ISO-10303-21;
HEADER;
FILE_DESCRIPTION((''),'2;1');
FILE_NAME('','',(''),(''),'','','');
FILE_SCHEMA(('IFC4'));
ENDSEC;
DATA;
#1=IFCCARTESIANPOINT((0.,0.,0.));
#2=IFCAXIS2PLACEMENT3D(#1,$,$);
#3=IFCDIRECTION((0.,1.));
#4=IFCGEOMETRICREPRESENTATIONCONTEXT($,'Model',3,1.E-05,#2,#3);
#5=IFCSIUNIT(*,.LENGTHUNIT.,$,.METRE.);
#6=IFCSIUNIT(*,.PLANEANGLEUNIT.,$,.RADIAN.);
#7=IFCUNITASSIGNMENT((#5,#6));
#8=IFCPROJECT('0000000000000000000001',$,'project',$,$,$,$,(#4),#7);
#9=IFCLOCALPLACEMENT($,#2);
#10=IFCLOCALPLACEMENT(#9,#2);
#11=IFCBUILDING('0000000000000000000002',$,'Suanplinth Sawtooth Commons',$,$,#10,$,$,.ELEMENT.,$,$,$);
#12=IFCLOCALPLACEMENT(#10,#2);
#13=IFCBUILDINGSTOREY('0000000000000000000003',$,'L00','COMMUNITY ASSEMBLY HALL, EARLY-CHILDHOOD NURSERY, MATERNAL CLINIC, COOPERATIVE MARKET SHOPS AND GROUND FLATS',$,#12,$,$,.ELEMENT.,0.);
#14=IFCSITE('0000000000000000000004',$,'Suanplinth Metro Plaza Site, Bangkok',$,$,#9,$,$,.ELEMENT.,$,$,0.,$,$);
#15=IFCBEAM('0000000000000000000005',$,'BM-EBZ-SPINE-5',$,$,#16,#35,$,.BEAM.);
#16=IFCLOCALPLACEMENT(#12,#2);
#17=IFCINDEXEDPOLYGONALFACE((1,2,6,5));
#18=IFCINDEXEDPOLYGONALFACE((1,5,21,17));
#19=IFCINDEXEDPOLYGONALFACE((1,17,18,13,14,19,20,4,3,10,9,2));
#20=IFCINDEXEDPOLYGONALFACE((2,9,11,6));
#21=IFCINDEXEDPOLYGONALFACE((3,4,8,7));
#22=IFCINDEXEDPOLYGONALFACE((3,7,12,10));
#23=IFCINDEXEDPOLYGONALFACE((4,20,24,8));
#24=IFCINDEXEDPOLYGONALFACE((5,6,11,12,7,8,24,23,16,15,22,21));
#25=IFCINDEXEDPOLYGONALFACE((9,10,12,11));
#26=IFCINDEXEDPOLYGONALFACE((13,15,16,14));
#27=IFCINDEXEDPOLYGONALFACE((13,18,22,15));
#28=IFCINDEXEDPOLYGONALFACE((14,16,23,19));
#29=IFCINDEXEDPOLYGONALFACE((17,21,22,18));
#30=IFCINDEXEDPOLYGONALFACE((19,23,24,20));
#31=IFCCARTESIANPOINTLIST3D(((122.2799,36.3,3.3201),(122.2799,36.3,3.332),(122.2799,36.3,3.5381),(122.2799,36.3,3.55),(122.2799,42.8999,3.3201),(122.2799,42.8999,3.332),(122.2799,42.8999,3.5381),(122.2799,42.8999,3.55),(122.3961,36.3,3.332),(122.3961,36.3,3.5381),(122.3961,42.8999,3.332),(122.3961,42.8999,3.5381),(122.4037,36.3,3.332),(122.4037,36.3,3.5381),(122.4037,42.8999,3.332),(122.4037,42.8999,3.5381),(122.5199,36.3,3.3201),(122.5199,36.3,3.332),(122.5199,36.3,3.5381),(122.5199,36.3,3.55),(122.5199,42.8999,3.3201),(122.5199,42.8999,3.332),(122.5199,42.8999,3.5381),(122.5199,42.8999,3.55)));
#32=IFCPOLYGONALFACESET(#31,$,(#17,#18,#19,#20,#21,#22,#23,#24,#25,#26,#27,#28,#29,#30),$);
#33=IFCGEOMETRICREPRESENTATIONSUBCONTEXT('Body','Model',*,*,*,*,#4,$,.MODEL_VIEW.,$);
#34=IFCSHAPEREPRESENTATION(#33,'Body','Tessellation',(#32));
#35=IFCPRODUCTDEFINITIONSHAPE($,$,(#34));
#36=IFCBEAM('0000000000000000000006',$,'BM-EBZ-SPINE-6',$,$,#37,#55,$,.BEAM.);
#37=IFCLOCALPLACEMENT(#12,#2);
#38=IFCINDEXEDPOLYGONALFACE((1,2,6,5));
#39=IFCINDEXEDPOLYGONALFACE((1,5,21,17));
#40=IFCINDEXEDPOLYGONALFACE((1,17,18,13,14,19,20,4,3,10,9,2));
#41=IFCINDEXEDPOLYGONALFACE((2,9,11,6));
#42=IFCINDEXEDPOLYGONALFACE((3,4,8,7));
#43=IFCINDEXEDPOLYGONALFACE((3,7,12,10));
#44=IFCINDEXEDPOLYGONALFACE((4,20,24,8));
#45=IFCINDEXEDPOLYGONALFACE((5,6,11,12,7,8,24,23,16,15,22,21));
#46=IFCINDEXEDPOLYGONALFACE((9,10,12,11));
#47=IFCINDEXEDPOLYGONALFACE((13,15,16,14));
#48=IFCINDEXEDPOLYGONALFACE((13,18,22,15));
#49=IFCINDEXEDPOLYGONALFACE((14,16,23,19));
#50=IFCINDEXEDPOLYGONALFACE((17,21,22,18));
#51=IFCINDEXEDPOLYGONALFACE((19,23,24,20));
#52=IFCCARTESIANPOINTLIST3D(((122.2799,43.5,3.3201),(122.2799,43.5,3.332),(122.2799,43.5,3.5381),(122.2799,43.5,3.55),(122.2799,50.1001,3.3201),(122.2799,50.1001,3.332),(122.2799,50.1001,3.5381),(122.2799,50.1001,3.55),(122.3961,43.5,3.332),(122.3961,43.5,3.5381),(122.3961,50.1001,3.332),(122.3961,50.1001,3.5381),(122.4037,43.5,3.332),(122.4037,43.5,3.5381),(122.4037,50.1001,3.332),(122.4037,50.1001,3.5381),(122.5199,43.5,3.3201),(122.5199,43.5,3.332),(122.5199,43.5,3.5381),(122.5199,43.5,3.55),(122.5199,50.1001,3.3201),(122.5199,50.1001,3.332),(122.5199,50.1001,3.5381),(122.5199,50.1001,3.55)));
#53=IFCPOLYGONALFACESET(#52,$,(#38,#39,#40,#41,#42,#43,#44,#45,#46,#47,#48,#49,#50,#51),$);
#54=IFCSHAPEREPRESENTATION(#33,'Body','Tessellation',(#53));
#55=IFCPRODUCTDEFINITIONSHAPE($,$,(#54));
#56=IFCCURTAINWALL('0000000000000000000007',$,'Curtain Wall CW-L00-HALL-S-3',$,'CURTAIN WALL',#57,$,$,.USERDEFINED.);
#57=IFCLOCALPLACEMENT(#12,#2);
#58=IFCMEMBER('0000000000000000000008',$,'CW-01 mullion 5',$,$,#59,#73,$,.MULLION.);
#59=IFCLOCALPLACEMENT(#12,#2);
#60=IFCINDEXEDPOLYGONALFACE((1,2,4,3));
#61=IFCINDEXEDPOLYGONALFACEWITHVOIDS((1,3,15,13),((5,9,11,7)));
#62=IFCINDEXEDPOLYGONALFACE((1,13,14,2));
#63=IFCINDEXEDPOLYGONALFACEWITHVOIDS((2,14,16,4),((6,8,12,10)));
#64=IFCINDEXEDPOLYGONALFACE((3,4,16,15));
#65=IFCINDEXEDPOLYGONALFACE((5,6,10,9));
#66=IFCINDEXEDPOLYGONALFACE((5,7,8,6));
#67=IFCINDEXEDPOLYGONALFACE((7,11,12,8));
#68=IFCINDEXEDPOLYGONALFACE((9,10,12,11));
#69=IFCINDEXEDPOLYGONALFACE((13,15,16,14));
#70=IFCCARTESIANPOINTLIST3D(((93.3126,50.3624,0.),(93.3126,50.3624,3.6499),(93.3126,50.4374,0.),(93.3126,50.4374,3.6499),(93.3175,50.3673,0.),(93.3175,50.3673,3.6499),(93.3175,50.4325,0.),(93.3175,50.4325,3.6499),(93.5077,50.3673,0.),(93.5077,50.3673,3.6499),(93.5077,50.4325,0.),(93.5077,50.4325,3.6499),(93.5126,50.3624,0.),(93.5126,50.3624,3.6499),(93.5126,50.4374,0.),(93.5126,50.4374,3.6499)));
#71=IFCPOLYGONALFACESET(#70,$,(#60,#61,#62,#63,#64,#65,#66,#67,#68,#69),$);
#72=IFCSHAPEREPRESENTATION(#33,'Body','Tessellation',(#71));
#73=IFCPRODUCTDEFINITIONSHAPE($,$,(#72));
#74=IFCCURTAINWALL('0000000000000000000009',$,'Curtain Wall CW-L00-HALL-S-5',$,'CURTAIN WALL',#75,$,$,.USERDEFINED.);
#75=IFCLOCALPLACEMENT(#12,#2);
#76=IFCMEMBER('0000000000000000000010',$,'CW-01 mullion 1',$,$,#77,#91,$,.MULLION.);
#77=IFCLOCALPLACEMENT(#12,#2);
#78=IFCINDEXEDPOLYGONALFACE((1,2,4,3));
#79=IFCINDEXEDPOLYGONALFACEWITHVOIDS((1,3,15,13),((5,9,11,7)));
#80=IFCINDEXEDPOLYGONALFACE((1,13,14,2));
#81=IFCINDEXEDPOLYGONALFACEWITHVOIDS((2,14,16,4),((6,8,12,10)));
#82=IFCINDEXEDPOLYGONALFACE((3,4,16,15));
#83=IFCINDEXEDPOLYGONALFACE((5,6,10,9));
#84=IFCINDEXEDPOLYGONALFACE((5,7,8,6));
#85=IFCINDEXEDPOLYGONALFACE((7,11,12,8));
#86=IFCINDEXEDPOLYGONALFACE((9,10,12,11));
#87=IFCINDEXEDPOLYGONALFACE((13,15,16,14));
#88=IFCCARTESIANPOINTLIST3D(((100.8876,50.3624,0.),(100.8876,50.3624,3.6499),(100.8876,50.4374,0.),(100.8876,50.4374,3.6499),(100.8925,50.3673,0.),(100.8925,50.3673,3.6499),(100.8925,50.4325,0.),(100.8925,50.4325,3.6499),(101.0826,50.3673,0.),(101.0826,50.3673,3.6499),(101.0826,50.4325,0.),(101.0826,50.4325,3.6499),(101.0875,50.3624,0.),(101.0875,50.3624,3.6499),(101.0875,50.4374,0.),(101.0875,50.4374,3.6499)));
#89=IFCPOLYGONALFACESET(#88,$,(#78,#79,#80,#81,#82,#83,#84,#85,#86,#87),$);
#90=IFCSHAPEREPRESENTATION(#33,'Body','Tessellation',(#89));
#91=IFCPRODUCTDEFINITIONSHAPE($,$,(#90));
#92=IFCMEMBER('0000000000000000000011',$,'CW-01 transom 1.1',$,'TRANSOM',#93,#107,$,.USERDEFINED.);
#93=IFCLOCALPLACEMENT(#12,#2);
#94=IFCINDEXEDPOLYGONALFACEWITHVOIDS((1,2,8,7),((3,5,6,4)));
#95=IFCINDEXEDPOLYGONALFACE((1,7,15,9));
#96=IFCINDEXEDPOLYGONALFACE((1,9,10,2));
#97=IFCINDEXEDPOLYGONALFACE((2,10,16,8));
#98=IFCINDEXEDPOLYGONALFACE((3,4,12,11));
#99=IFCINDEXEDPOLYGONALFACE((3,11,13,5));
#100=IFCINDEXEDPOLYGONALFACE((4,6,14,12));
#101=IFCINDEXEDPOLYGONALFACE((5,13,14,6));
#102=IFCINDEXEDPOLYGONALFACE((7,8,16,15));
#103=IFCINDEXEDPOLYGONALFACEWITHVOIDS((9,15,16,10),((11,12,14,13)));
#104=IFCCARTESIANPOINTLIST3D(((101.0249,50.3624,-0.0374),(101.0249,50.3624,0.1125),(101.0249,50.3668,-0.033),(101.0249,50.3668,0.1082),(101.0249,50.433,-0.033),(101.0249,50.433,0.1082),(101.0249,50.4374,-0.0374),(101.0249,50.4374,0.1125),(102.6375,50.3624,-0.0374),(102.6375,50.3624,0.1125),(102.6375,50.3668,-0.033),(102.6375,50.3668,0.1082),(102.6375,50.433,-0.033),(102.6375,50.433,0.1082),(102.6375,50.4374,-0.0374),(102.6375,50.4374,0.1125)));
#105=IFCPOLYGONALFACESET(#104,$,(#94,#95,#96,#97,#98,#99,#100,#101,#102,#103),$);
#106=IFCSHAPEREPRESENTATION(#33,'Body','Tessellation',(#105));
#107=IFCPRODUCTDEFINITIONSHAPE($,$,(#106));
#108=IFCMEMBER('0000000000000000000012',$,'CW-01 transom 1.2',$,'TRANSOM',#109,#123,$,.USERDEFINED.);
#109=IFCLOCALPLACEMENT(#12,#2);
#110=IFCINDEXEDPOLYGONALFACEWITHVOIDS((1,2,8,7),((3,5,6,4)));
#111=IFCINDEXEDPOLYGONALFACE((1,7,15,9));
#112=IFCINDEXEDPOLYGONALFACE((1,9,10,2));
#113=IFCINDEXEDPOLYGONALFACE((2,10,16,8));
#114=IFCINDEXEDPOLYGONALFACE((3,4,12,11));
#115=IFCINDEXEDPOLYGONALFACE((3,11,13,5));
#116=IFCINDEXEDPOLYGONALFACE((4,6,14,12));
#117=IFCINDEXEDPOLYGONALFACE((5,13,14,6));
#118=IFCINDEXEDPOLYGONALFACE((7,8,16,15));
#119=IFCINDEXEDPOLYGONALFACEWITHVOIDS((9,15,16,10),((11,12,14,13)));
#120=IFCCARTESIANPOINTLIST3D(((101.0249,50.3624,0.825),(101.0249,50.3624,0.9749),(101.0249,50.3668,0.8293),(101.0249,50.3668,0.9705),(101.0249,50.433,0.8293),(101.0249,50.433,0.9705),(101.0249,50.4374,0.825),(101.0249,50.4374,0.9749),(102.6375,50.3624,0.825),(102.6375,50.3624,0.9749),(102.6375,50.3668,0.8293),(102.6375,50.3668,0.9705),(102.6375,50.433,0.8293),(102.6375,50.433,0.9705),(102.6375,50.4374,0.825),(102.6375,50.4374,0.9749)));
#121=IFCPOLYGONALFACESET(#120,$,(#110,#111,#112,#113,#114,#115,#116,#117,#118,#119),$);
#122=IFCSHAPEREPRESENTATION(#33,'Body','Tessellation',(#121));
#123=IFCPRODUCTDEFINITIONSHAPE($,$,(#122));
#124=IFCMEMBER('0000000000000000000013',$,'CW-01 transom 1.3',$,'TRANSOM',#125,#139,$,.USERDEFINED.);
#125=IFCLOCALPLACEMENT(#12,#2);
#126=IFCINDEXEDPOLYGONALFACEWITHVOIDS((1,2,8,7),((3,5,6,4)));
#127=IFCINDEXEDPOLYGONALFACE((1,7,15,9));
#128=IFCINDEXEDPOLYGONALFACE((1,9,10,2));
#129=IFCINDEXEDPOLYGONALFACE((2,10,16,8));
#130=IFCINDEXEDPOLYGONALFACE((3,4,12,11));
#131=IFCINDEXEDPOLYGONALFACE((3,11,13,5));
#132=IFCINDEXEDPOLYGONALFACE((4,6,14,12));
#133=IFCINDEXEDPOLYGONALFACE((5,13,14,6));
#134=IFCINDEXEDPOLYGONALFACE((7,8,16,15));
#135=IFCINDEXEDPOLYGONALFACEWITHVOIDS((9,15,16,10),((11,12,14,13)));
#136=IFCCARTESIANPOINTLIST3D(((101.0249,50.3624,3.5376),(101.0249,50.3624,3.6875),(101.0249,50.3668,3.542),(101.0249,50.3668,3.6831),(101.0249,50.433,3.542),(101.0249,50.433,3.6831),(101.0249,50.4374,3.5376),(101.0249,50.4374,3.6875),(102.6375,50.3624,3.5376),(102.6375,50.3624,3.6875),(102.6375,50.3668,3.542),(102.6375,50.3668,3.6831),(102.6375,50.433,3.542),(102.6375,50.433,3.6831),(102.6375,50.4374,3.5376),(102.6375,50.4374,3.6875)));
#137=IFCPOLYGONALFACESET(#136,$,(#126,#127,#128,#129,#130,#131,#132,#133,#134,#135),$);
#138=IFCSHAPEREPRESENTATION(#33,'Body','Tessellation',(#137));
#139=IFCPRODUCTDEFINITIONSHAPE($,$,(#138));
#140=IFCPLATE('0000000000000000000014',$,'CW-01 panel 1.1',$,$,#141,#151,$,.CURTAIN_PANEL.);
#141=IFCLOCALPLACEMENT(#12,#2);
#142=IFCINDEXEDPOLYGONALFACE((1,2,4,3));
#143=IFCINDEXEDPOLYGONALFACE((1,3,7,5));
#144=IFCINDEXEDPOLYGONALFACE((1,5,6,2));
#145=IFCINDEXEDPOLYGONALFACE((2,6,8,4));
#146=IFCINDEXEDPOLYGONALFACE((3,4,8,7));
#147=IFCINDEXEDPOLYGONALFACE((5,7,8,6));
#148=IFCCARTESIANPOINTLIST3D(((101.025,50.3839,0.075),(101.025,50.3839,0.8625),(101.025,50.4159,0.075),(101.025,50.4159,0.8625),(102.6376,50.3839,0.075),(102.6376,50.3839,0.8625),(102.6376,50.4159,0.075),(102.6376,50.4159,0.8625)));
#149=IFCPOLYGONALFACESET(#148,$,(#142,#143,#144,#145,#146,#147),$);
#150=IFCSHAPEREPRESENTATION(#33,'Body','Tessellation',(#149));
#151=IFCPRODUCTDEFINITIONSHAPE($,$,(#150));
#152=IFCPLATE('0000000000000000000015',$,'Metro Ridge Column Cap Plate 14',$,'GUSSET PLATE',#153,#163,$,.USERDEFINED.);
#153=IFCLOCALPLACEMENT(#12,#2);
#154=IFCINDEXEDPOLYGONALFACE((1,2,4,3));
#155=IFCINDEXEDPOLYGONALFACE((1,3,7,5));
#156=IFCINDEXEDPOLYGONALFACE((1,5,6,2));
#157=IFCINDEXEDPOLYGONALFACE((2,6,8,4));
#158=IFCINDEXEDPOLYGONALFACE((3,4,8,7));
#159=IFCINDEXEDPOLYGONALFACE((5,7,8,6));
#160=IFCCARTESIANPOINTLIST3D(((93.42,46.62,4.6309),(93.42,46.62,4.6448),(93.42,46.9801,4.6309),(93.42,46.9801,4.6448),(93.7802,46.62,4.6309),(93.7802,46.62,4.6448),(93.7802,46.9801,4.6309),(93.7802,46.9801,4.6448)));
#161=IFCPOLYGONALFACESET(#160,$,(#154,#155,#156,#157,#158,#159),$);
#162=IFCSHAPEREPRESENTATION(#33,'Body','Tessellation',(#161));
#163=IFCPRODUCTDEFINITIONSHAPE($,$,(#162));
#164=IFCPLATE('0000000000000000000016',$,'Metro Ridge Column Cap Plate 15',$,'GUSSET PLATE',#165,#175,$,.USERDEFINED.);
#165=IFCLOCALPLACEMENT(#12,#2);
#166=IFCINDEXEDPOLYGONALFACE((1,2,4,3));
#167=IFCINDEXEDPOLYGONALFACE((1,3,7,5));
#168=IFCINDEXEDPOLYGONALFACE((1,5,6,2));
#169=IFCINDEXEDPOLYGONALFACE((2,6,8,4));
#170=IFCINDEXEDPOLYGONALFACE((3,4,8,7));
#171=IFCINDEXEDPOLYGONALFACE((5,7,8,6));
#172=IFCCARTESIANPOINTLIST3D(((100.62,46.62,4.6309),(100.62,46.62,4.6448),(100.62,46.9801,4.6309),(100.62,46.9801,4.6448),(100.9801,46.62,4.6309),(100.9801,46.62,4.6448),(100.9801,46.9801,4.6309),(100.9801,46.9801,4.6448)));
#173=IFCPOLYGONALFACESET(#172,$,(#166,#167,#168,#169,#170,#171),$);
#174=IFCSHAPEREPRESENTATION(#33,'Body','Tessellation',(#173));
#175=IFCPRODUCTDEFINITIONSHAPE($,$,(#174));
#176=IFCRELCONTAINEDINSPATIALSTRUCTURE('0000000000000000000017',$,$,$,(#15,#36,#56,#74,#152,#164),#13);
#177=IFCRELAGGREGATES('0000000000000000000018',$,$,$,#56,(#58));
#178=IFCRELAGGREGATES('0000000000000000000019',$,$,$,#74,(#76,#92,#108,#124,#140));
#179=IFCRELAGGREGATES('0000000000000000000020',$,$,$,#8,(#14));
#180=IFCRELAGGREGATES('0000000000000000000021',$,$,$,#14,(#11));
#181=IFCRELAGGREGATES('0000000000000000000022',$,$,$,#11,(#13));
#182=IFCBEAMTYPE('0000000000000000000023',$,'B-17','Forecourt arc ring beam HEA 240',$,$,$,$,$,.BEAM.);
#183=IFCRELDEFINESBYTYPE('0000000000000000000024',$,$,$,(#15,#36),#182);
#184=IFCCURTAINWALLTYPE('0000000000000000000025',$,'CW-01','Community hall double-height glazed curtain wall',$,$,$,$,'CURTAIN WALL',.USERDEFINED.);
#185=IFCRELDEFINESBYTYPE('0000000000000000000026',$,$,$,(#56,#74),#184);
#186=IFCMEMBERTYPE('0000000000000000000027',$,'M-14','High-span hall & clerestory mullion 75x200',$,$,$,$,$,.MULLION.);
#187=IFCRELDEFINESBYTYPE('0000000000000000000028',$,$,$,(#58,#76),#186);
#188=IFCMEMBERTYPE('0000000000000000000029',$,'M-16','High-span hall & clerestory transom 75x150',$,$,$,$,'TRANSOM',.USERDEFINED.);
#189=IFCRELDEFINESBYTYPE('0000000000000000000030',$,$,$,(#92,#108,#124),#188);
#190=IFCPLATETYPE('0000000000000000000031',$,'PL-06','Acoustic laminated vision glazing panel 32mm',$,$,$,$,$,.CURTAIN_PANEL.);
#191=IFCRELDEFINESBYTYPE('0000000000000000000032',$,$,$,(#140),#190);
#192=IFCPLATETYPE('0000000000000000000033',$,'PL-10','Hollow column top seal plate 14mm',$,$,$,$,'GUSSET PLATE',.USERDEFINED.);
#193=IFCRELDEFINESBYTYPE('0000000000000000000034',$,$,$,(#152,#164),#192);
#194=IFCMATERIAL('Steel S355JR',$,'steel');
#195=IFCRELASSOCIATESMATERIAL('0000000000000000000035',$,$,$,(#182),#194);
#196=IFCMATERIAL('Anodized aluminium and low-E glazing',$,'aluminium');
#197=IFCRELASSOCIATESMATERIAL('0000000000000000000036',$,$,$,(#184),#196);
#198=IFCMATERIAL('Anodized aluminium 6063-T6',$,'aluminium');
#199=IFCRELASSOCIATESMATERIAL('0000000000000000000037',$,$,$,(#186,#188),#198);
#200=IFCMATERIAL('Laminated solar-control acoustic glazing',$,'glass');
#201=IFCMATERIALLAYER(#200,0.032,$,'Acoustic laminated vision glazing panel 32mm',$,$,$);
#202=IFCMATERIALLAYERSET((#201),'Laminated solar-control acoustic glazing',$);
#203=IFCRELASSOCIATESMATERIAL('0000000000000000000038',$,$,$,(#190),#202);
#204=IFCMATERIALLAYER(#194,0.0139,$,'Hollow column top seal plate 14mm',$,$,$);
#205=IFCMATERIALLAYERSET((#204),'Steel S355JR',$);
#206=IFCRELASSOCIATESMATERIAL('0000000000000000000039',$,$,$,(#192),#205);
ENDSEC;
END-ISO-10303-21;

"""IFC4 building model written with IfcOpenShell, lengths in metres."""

from ifc_helpers import new_model, si_unit, direction, frame, origin, origin_2d, place, context, subcontext, project, spatial, rectangle, hollow_rectangle, i_section, extrude, material, layer, layer_set, material_profile, profile_set, type_object, element, aggregate, save


model = new_model("IFC4")

# Units and contexts
model_context = context("Model", 3, precision=1e-05, world=origin(), true_north=direction((0.0, 1.0)))
body_context = subcontext(model_context, "Body", "Model", "MODEL_VIEW")
ifc_project = project(units=[si_unit("LENGTHUNIT", "METRE"), si_unit("PLANEANGLEUNIT", "RADIAN")], contexts=[model_context])

# Site, building, storey
site_placement = place(None, origin())
site = spatial("IfcSite", under=ifc_project, at=site_placement, Name="Suanplinth Metro Plaza Site, Bangkok", CompositionType="ELEMENT", RefElevation=0.0)
building_placement = place(site_placement, origin())
building = spatial("IfcBuilding", under=site, at=building_placement, Name="Suanplinth Sawtooth Commons", CompositionType="ELEMENT")
storey_placement = place(building_placement, origin())
storey = spatial("IfcBuildingStorey", under=building, at=storey_placement, Name="L00", Description="COMMUNITY ASSEMBLY HALL, EARLY-CHILDHOOD NURSERY, MATERNAL CLINIC, COOPERATIVE MARKET SHOPS AND GROUND FLATS", CompositionType="ELEMENT", Elevation=0.0)

# Shared definitions
ifc_material_1 = material(Name="Steel S355JR", Category="steel")

# Beams
ifc_material_profile_1 = material_profile(ifc_material_1, i_section(OverallWidth=0.24, OverallDepth=0.23, WebThickness=0.0076, FlangeThickness=0.012, at=origin_2d()), Name="HEA 240")
ifc_profile_set_1 = profile_set([ifc_material_profile_1], Name="Steel S355JR")
beam_type_1 = type_object("IfcBeamType", Name="B-17", Description="Forecourt arc ring beam HEA 240", PredefinedType="BEAM", material=ifc_profile_set_1)
for number, where, z_axis, x_axis, name in (
    (1, (122.3999, 36.3, 3.4351), (0.0, 1.0, 0.0), (-1.0, 0.0, 0.0), "BM-EBZ-SPINE-5"),
):
    element("IfcBeam", number, at=place(storey_placement, frame(where, z_axis=z_axis, x_axis=x_axis)), inside=storey, type_object=beam_type_1, Name=name, PredefinedType="BEAM", context=body_context, shape_type="SweptSolid", body=[
        extrude(i_section(OverallWidth=0.24, OverallDepth=0.23, WebThickness=0.0076, FlangeThickness=0.012, at=origin_2d()), origin(), (0.0, 0.0, 1.0), 6.5999),
    ])
beam_1_placement = place(storey_placement, frame((122.3999, 43.5, 3.4351), z_axis=(0.0, 1.0, 0.0), x_axis=(-1.0, 0.0, 0.0)))
element("IfcBeam", 2, at=beam_1_placement, inside=storey, type_object=beam_type_1, Name="BM-EBZ-SPINE-6", PredefinedType="BEAM", context=body_context, shape_type="SweptSolid", body=[
    extrude(i_section(OverallWidth=0.24, OverallDepth=0.23, WebThickness=0.0076, FlangeThickness=0.012, at=origin_2d()), origin(), (0.0, 0.0, 1.0), 6.6001),
])

# Curtain wall, member
ifc_material_2 = material(Name="Anodized aluminium and low-E glazing", Category="aluminium")
curtain_wall_type = type_object("IfcCurtainWallType", Name="CW-01", Description="Community hall double-height glazed curtain wall", ElementType="CURTAIN WALL", PredefinedType="USERDEFINED", material=ifc_material_2)
curtain_wall_1_placement = place(storey_placement, origin())
curtain_wall_1 = element("IfcCurtainWall", 3, at=curtain_wall_1_placement, inside=storey, type_object=curtain_wall_type, Name="Curtain Wall CW-L00-HALL-S-3", ObjectType="CURTAIN WALL", PredefinedType="USERDEFINED")
ifc_material_3 = material(Name="Anodized aluminium 6063-T6", Category="aluminium")
ifc_material_profile_2 = material_profile(ifc_material_3, hollow_rectangle(XDim=0.075, YDim=0.2, WallThickness=0.0049, at=origin_2d()), Name="ALU-MUL 75x200")
ifc_profile_set_2 = profile_set([ifc_material_profile_2], Name="Anodized aluminium 6063-T6")
member_type_1 = type_object("IfcMemberType", Name="M-14", Description="High-span hall & clerestory mullion 75x200", PredefinedType="MULLION", material=ifc_profile_set_2)
member_1_placement = place(storey_placement, frame((93.4126, 50.3999, 0.0), z_axis=(0.0, 0.0, 1.0), x_axis=(0.0, 1.0, 0.0)))
member_1 = element("IfcMember", 4, at=member_1_placement, type_object=member_type_1, Name="CW-01 mullion 5", PredefinedType="MULLION", context=body_context, shape_type="SweptSolid", body=[
    extrude(hollow_rectangle(XDim=0.075, YDim=0.2, WallThickness=0.0049, at=origin_2d()), origin(), (0.0, 0.0, 1.0), 3.6499),
])
aggregate(curtain_wall_1, [member_1])

# Curtain wall, members, plate
curtain_wall_2_placement = place(storey_placement, origin())
curtain_wall_2 = element("IfcCurtainWall", 5, at=curtain_wall_2_placement, inside=storey, type_object=curtain_wall_type, Name="Curtain Wall CW-L00-HALL-S-5", ObjectType="CURTAIN WALL", PredefinedType="USERDEFINED")
member_2_placement = place(storey_placement, frame((100.9875, 50.3999, 0.0), z_axis=(0.0, 0.0, 1.0), x_axis=(0.0, 1.0, 0.0)))
member_2 = element("IfcMember", 6, at=member_2_placement, type_object=member_type_1, Name="CW-01 mullion 1", PredefinedType="MULLION", context=body_context, shape_type="SweptSolid", body=[
    extrude(hollow_rectangle(XDim=0.075, YDim=0.2, WallThickness=0.0049, at=origin_2d()), origin(), (0.0, 0.0, 1.0), 3.6499),
])
ifc_material_profile_3 = material_profile(ifc_material_3, hollow_rectangle(XDim=0.075, YDim=0.1499, WallThickness=0.0044, at=origin_2d()), Name="ALU-TRN 75x150")
ifc_profile_set_3 = profile_set([ifc_material_profile_3], Name="Anodized aluminium 6063-T6")
member_type_2 = type_object("IfcMemberType", Name="M-16", Description="High-span hall & clerestory transom 75x150", ElementType="TRANSOM", PredefinedType="USERDEFINED", material=ifc_profile_set_3)
member_3_placement = place(storey_placement, frame((101.0249, 50.3999, 0.0376), z_axis=(1.0, 0.0, 0.0), x_axis=(0.0, 1.0, 0.0)))
member_3 = element("IfcMember", 7, at=member_3_placement, type_object=member_type_2, Name="CW-01 transom 1.1", ObjectType="TRANSOM", PredefinedType="USERDEFINED", context=body_context, shape_type="SweptSolid", body=[
    extrude(hollow_rectangle(XDim=0.075, YDim=0.1499, WallThickness=0.0044, at=origin_2d()), origin(), (0.0, 0.0, 1.0), 1.6125),
])
member_4_placement = place(storey_placement, frame((101.0249, 50.3999, 0.8999), z_axis=(1.0, 0.0, 0.0), x_axis=(0.0, 1.0, 0.0)))
member_4 = element("IfcMember", 8, at=member_4_placement, type_object=member_type_2, Name="CW-01 transom 1.2", ObjectType="TRANSOM", PredefinedType="USERDEFINED", context=body_context, shape_type="SweptSolid", body=[
    extrude(hollow_rectangle(XDim=0.075, YDim=0.1499, WallThickness=0.0044, at=origin_2d()), origin(), (0.0, 0.0, 1.0), 1.6125),
])
member_5_placement = place(storey_placement, frame((101.0249, 50.3999, 3.6125), z_axis=(1.0, 0.0, 0.0), x_axis=(0.0, 1.0, 0.0)))
member_5 = element("IfcMember", 9, at=member_5_placement, type_object=member_type_2, Name="CW-01 transom 1.3", ObjectType="TRANSOM", PredefinedType="USERDEFINED", context=body_context, shape_type="SweptSolid", body=[
    extrude(hollow_rectangle(XDim=0.075, YDim=0.1499, WallThickness=0.0044, at=origin_2d()), origin(), (0.0, 0.0, 1.0), 1.6125),
])
ifc_material_4 = material(Name="Laminated solar-control acoustic glazing", Category="glass")
ifc_layer_1 = layer(ifc_material_4, 0.032, Name="Acoustic laminated vision glazing panel 32mm")
ifc_layer_set_1 = layer_set([ifc_layer_1], Name="Laminated solar-control acoustic glazing")
plate_type_1 = type_object("IfcPlateType", Name="PL-06", Description="Acoustic laminated vision glazing panel 32mm", PredefinedType="CURTAIN_PANEL", material=ifc_layer_set_1)
plate_placement = place(storey_placement, frame((101.8313, 50.3999, 0.075), z_axis=(0.0, 0.0, 1.0), x_axis=(1.0, 0.0, 0.0)))
plate = element("IfcPlate", 10, at=plate_placement, type_object=plate_type_1, Name="CW-01 panel 1.1", PredefinedType="CURTAIN_PANEL", context=body_context, shape_type="SweptSolid", body=[
    extrude(rectangle(XDim=1.6125, YDim=0.032, at=origin_2d()), origin(), (0.0, 0.0, 1.0), 0.7876),
])
aggregate(curtain_wall_2, [member_2, member_3, member_4, member_5, plate])

# Plates
ifc_layer_2 = layer(ifc_material_1, 0.0139, Name="Hollow column top seal plate 14mm")
ifc_layer_set_2 = layer_set([ifc_layer_2], Name="Steel S355JR")
plate_type_2 = type_object("IfcPlateType", Name="PL-10", Description="Hollow column top seal plate 14mm", ElementType="GUSSET PLATE", PredefinedType="USERDEFINED", material=ifc_layer_set_2)
for number, where, z_axis, x_axis, name in (
    (11, (93.6001, 46.8, 4.6309), (0.0, 0.0, 1.0), (1.0, 0.0, 0.0), "Metro Ridge Column Cap Plate 14"),
    (12, (100.8, 46.8, 4.6309), (0.0, 0.0, 1.0), (1.0, 0.0, 0.0), "Metro Ridge Column Cap Plate 15"),
):
    element("IfcPlate", number, at=place(storey_placement, frame(where, z_axis=z_axis, x_axis=x_axis)), inside=storey, type_object=plate_type_2, Name=name, ObjectType="GUSSET PLATE", PredefinedType="USERDEFINED", context=body_context, shape_type="SweptSolid", body=[
        extrude(rectangle(XDim=0.3601, YDim=0.3601, at=origin_2d()), origin(), (0.0, 0.0, 1.0), 0.0139),
    ])

save(model, "model.ifc")
